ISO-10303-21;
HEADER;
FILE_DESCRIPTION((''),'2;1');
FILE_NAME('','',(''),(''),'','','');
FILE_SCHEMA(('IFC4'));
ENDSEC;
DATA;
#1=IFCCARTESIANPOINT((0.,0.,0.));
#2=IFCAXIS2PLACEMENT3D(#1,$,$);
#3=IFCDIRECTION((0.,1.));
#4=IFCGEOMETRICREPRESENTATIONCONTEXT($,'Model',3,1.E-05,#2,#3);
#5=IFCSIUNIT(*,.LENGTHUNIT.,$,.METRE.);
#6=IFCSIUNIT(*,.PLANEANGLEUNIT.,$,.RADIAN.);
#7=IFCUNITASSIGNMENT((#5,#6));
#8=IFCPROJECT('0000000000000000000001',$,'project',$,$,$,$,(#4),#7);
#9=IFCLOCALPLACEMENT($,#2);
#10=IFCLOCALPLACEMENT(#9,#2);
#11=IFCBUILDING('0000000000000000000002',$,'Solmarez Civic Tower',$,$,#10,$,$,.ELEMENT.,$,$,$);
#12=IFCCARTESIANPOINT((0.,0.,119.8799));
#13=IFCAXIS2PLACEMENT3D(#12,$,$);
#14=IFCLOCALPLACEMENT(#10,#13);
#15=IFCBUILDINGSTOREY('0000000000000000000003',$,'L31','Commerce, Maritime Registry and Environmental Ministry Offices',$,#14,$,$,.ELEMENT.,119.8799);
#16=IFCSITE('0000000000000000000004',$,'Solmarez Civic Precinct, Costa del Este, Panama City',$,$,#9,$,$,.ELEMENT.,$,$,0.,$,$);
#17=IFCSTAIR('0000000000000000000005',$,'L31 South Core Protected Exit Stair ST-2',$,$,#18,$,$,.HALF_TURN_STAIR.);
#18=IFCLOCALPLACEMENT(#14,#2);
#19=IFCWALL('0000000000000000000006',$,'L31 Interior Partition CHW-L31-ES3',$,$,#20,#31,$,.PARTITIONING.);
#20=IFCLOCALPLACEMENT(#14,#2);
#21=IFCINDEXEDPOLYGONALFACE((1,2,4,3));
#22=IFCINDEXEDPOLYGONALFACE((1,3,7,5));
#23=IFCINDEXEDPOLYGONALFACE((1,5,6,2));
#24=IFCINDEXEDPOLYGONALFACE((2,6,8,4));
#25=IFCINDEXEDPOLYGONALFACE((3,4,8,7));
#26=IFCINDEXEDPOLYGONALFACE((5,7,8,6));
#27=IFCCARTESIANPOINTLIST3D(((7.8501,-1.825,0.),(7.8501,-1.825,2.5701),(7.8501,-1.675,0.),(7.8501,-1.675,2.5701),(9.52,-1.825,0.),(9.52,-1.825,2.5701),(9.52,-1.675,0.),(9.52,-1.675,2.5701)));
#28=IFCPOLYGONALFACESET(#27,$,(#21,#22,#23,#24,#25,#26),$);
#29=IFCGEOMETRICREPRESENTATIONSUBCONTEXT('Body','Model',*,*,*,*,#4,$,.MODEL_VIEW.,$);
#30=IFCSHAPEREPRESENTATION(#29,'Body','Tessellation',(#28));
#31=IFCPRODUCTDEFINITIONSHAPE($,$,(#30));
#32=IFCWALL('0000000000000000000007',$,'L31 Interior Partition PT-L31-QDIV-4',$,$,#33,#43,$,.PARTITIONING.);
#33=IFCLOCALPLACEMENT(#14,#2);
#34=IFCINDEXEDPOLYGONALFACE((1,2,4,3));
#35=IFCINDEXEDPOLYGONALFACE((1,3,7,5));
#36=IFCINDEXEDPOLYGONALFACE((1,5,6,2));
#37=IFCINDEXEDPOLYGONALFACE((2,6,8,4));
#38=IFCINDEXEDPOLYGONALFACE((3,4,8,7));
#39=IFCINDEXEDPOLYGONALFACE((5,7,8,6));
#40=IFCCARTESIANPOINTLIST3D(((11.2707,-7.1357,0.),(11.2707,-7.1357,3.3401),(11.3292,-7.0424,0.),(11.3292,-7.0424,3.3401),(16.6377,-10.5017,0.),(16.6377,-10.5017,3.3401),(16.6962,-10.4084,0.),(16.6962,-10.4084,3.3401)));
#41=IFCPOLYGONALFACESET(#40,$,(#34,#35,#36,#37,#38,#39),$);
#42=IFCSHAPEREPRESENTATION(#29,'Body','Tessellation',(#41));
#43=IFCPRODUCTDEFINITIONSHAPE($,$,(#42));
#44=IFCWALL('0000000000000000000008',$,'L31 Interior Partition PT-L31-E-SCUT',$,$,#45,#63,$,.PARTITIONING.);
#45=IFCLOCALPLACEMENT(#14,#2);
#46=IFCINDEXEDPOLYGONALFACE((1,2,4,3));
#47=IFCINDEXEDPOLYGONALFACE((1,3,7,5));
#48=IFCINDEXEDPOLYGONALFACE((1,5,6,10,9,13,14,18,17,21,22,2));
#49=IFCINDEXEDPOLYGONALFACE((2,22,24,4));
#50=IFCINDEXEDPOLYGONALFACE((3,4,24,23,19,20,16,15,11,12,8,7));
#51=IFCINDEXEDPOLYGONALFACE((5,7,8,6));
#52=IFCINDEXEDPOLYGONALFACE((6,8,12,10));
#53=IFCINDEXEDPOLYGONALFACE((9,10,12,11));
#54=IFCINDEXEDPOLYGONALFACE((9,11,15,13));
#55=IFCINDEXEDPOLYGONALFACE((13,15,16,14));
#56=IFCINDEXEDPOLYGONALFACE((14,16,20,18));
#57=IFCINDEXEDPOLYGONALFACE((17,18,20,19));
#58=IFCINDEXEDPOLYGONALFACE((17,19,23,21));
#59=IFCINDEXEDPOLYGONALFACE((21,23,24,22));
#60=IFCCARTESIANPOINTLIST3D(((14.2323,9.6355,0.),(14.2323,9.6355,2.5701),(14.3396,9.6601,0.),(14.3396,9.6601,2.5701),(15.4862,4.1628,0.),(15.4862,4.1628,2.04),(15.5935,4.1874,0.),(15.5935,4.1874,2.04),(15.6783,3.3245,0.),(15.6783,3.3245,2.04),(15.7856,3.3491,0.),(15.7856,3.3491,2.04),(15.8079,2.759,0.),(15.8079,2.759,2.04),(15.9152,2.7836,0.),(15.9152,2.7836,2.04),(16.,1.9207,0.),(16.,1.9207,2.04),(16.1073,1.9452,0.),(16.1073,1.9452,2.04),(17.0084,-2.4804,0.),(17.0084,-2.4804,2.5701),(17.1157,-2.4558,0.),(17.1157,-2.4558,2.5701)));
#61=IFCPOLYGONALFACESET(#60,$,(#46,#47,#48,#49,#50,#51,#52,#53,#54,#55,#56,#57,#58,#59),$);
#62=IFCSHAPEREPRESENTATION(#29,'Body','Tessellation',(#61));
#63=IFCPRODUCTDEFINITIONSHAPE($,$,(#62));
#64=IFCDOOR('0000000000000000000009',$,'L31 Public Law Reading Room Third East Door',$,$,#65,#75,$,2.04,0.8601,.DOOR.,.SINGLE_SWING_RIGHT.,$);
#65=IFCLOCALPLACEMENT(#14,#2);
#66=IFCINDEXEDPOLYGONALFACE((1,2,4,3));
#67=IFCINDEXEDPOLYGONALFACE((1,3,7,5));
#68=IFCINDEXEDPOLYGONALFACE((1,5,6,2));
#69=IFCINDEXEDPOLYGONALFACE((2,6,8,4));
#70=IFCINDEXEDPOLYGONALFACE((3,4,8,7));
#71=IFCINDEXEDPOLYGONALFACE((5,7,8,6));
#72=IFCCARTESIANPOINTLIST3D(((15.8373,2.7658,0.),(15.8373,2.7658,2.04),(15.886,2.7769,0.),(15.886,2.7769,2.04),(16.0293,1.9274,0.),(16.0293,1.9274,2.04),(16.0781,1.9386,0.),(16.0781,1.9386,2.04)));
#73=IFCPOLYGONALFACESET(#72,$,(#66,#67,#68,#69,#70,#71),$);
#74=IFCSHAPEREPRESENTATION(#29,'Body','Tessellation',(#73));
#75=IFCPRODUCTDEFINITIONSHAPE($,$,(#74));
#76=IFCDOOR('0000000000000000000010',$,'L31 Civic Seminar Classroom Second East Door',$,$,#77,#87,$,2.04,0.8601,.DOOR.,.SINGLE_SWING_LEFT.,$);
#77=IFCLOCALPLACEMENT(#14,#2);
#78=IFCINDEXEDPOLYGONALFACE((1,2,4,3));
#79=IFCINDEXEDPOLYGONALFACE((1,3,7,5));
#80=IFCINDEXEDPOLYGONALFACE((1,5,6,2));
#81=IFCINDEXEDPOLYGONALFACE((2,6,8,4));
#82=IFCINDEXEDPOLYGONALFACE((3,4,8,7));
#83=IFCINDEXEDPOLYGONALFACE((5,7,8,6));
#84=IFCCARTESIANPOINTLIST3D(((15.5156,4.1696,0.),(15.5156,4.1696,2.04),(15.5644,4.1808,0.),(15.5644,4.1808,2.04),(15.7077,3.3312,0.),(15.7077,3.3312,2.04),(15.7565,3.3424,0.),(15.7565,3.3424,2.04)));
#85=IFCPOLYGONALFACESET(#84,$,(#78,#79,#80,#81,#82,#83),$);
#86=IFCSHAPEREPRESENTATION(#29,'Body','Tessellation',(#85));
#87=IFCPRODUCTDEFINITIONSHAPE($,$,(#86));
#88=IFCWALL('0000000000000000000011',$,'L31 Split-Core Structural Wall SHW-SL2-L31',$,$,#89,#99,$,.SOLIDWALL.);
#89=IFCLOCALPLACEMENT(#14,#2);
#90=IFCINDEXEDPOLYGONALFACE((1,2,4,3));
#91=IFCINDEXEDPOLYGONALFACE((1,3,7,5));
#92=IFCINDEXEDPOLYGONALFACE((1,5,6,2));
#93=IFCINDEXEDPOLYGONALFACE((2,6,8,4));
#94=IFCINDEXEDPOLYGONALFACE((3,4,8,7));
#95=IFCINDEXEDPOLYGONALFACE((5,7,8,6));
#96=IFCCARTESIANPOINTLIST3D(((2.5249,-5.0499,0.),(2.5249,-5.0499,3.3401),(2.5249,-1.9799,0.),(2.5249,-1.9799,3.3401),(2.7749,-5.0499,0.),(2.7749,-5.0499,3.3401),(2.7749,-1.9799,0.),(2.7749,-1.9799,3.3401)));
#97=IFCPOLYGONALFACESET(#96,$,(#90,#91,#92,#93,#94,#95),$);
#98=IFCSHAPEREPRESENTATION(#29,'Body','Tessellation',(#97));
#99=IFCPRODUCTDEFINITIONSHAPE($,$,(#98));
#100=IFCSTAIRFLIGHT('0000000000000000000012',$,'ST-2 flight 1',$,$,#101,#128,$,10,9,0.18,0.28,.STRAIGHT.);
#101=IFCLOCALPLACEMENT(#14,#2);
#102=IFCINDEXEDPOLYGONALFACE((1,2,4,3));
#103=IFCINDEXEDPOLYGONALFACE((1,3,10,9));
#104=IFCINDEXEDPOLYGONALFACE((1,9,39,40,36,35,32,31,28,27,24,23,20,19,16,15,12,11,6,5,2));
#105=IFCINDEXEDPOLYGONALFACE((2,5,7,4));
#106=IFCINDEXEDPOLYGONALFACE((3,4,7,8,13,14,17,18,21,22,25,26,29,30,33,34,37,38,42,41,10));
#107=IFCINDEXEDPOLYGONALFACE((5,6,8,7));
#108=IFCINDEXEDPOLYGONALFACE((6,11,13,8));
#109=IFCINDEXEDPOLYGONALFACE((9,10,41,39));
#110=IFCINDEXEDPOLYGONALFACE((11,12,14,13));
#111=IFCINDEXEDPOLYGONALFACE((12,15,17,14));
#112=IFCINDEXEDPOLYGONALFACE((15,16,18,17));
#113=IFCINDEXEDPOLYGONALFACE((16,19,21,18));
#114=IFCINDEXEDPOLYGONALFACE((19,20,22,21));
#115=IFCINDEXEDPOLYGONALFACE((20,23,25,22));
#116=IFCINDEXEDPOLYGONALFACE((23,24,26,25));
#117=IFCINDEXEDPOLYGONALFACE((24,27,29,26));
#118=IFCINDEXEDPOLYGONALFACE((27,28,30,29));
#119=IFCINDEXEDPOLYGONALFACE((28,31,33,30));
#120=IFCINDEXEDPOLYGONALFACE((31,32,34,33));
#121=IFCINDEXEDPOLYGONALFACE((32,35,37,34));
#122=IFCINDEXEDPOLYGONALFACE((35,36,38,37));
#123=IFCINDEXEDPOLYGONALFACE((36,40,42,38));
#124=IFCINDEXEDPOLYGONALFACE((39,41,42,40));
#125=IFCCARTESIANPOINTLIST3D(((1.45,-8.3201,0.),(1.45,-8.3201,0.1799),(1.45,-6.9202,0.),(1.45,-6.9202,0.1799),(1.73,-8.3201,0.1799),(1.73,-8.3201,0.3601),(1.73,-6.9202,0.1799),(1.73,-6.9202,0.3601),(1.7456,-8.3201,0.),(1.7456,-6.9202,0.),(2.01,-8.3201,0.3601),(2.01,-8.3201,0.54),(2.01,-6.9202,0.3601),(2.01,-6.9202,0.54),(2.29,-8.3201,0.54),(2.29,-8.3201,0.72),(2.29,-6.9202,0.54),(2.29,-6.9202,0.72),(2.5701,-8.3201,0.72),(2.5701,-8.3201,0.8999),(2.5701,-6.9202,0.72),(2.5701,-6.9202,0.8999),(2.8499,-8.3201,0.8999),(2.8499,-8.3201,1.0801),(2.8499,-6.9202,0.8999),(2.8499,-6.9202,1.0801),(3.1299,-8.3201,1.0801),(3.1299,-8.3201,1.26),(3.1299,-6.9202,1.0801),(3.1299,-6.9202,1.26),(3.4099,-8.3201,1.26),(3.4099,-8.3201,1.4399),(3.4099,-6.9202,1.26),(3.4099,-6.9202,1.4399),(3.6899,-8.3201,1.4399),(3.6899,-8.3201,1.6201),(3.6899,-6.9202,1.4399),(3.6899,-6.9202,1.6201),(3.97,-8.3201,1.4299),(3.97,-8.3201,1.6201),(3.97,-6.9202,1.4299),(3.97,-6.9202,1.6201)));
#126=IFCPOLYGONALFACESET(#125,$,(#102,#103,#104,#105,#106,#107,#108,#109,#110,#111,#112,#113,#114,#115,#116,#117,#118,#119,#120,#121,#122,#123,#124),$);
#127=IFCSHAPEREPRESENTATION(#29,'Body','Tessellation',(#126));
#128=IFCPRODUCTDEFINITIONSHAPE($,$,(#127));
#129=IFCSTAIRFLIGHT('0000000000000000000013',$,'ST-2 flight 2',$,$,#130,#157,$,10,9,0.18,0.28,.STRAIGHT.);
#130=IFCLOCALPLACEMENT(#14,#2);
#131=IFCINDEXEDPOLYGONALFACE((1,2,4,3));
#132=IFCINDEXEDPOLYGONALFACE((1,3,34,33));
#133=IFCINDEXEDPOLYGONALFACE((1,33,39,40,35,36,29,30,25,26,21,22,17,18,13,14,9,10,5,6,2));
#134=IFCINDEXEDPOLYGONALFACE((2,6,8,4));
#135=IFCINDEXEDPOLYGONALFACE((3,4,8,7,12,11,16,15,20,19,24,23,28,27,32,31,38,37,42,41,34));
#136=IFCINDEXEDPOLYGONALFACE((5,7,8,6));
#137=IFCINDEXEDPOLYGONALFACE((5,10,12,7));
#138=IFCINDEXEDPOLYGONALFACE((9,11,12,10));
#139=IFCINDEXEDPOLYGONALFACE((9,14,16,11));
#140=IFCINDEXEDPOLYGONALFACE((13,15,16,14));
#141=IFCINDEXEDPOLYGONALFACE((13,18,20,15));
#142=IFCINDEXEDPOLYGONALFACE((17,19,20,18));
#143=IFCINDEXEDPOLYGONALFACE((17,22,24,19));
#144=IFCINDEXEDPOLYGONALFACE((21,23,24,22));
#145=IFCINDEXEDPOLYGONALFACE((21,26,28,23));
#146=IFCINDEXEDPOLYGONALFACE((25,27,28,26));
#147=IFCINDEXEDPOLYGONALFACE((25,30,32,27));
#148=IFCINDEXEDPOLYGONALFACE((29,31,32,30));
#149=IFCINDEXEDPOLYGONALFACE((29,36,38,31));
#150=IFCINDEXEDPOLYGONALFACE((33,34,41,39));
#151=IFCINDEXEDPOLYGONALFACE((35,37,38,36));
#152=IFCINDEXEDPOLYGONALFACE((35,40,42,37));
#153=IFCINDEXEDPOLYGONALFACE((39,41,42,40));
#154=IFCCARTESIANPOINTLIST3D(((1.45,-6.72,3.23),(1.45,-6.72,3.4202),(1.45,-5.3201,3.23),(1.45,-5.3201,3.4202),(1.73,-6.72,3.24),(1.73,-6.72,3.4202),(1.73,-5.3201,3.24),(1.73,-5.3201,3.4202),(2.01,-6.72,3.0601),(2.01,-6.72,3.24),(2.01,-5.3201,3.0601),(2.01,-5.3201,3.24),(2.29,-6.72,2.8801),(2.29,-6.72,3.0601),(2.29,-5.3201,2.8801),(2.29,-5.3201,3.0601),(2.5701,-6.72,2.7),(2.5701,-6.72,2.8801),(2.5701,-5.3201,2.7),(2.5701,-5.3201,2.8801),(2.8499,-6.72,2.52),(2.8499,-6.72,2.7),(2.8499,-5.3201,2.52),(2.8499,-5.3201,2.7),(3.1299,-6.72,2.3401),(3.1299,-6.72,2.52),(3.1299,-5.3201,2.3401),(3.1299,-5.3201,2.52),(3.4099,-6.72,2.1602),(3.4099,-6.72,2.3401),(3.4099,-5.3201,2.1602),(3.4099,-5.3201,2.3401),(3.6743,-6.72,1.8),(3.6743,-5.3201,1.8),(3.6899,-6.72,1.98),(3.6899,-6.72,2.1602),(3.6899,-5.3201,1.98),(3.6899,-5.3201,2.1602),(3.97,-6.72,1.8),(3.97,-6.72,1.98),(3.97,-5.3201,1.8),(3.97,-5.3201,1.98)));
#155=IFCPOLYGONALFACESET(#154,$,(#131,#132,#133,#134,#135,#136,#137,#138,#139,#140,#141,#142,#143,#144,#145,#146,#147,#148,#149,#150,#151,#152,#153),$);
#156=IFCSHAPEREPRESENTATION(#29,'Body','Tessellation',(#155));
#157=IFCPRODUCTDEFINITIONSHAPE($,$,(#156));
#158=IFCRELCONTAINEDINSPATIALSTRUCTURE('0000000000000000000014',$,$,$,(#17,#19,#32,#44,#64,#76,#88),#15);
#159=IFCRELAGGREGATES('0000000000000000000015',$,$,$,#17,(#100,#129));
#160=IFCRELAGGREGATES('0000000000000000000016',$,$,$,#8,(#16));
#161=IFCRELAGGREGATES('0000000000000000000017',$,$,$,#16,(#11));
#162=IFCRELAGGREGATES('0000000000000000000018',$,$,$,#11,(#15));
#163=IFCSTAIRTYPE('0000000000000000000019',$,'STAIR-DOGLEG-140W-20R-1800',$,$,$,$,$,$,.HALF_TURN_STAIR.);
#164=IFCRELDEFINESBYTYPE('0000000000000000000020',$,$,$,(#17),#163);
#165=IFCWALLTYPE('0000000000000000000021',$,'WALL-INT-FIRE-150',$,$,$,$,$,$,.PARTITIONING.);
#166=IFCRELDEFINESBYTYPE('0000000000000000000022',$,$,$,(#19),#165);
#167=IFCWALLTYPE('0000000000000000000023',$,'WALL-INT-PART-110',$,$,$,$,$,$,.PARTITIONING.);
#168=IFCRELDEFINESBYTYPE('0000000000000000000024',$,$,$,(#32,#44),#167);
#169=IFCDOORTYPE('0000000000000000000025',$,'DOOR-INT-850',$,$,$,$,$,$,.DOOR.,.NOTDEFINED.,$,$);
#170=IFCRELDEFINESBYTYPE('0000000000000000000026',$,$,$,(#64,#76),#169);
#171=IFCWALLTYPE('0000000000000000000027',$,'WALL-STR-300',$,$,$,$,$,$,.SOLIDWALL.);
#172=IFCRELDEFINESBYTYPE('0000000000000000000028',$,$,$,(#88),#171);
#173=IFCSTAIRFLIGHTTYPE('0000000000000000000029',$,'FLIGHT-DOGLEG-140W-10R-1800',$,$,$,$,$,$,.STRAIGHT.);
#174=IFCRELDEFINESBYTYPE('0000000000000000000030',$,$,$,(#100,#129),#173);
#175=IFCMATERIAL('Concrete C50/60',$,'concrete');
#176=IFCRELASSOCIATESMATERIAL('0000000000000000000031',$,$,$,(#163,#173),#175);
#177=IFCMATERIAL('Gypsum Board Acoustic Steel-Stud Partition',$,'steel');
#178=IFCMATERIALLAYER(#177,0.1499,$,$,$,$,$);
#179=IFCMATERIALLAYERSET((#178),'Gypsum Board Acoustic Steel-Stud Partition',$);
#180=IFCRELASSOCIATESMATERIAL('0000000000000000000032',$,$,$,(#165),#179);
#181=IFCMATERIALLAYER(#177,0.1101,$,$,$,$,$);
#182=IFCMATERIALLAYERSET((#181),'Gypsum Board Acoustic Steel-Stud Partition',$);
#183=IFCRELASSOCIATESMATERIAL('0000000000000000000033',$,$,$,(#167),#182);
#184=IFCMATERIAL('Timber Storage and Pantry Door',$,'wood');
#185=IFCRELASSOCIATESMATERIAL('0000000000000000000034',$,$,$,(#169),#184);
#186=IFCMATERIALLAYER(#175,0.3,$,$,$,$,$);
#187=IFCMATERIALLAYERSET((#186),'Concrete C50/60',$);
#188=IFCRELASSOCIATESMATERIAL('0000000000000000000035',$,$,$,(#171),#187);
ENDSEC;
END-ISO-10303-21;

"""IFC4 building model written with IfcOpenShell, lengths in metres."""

from ifc_helpers import new_model, si_unit, direction, frame, frame_2d, origin, place, context, subcontext, project, spatial, polyline, rectangle, outline, extrude, material, layer, layer_set, type_object, element, fill, aggregate, save


model = new_model("IFC4")

# Units and contexts
model_context = context("Model", 3, precision=1e-05, world=origin(), true_north=direction((0.0, 1.0)))
body_context = subcontext(model_context, "Body", "Model", "MODEL_VIEW")
ifc_project = project(units=[si_unit("LENGTHUNIT", "METRE"), si_unit("PLANEANGLEUNIT", "RADIAN")], contexts=[model_context])

# Site, building, storey
site_placement = place(None, origin())
site = spatial("IfcSite", under=ifc_project, at=site_placement, Name="Solmarez Civic Precinct, Costa del Este, Panama City", CompositionType="ELEMENT", RefElevation=0.0)
building_placement = place(site_placement, origin())
building = spatial("IfcBuilding", under=site, at=building_placement, Name="Solmarez Civic Tower", CompositionType="ELEMENT")
storey_placement = place(building_placement, frame((0.0, 0.0, 119.8799)))
storey = spatial("IfcBuildingStorey", under=building, at=storey_placement, Name="L31", Description="Commerce, Maritime Registry and Environmental Ministry Offices", CompositionType="ELEMENT", Elevation=119.8799)

# Shared definitions
ifc_material_1 = material(Name="Concrete C50/60", Category="concrete")

# Stair
stair_type = type_object("IfcStairType", Name="STAIR-DOGLEG-140W-20R-1800", PredefinedType="HALF_TURN_STAIR", material=ifc_material_1)
stair_1_placement = place(storey_placement, origin())
stair_1 = element("IfcStair", 1, at=stair_1_placement, inside=storey, type_object=stair_type, Name="L31 South Core Protected Exit Stair ST-2", PredefinedType="HALF_TURN_STAIR")

# Walls
ifc_material_2 = material(Name="Gypsum Board Acoustic Steel-Stud Partition", Category="steel")
ifc_layer_1 = layer(ifc_material_2, 0.1499)
ifc_layer_set_1 = layer_set([ifc_layer_1], Name="Gypsum Board Acoustic Steel-Stud Partition")
wall_type_1 = type_object("IfcWallType", Name="WALL-INT-FIRE-150", PredefinedType="PARTITIONING", material=ifc_layer_set_1)
wall_1_placement = place(storey_placement, frame((7.8501, -1.75, 0.0), z_axis=(0.0, 0.0, 1.0), x_axis=(1.0, 0.0, 0.0)))
element("IfcWall", 2, at=wall_1_placement, inside=storey, type_object=wall_type_1, Name="L31 Interior Partition CHW-L31-ES3", PredefinedType="PARTITIONING", context=body_context, shape_type="SweptSolid", body=[
    extrude(rectangle(XDim=1.6699, YDim=0.1499, at=frame_2d((0.835, 0.0))), origin(), (0.0, 0.0, 1.0), 2.5701),
])
ifc_layer_2 = layer(ifc_material_2, 0.1101)
ifc_layer_set_2 = layer_set([ifc_layer_2], Name="Gypsum Board Acoustic Steel-Stud Partition")
wall_type_2 = type_object("IfcWallType", Name="WALL-INT-PART-110", PredefinedType="PARTITIONING", material=ifc_layer_set_2)
wall_2_placement = place(storey_placement, frame((11.3, -7.0891, 0.0), z_axis=(0.0, 0.0, 1.0), x_axis=(0.847172, -0.531318, 0.0)))
element("IfcWall", 3, at=wall_2_placement, inside=storey, type_object=wall_type_2, Name="L31 Interior Partition PT-L31-QDIV-4", PredefinedType="PARTITIONING", context=body_context, shape_type="SweptSolid", body=[
    extrude(rectangle(XDim=6.3352, YDim=0.1101, at=frame_2d((3.1675, 0.0))), origin(), (0.0, 0.0, 1.0), 3.3401),
])

# Wall, openings, doors
wall_3_placement = place(storey_placement, frame((17.062, -2.468, 0.0), z_axis=(0.0, 0.0, 1.0), x_axis=(-0.223342, 0.97474, 0.0)))
wall_3 = element("IfcWall", 4, at=wall_3_placement, inside=storey, type_object=wall_type_2, Name="L31 Interior Partition PT-L31-E-SCUT", PredefinedType="PARTITIONING", context=body_context, shape_type="SweptSolid", body=[
    extrude(rectangle(XDim=12.4299, YDim=0.1101, at=frame_2d((6.2148, 0.0))), origin(), (0.0, 0.0, 1.0), 2.5701),
])
opening_1_placement = place(wall_3_placement, frame((4.5149, 0.0, 0.0)))
opening_1 = element("IfcOpeningElement", 5, at=opening_1_placement, cuts=wall_3, PredefinedType="OPENING", context=body_context, shape_type="SweptSolid", body=[
    extrude(rectangle(XDim=0.8601, YDim=2.04, at=frame_2d((0.4302, 1.02))), frame((0.0, 0.0649, 0.0), z_axis=(0.0, -1.0, 0.0), x_axis=(1.0, 0.0, 0.0)), (0.0, 0.0, 1.0), 0.1301),
])
opening_2_placement = place(wall_3_placement, frame((5.9551, 0.0, 0.0)))
opening_2 = element("IfcOpeningElement", 6, at=opening_2_placement, cuts=wall_3, PredefinedType="OPENING", context=body_context, shape_type="SweptSolid", body=[
    extrude(rectangle(XDim=0.8601, YDim=2.04, at=frame_2d((0.4302, 1.02))), frame((0.0, 0.0649, 0.0), z_axis=(0.0, -1.0, 0.0), x_axis=(1.0, 0.0, 0.0)), (0.0, 0.0, 1.0), 0.1301),
])
ifc_material_3 = material(Name="Timber Storage and Pantry Door", Category="wood")
door_type = type_object("IfcDoorType", Name="DOOR-INT-850", OperationType="NOTDEFINED", PredefinedType="DOOR", material=ifc_material_3)
door_1_placement = place(opening_1_placement, origin())
door_1 = element("IfcDoor", 7, at=door_1_placement, inside=storey, type_object=door_type, Name="L31 Public Law Reading Room Third East Door", OperationType="SINGLE_SWING_RIGHT", OverallHeight=2.04, OverallWidth=0.8601, PredefinedType="DOOR", context=body_context, shape_type="SweptSolid", body=[
    extrude(rectangle(XDim=0.8601, YDim=2.04, at=frame_2d((0.4302, 1.02))), frame((0.0, 0.0249, 0.0), z_axis=(0.0, -1.0, 0.0), x_axis=(1.0, 0.0, 0.0)), (0.0, 0.0, 1.0), 0.05),
])
fill(opening_1, door_1)
door_2_placement = place(opening_2_placement, origin())
door_2 = element("IfcDoor", 8, at=door_2_placement, inside=storey, type_object=door_type, Name="L31 Civic Seminar Classroom Second East Door", OperationType="SINGLE_SWING_LEFT", OverallHeight=2.04, OverallWidth=0.8601, PredefinedType="DOOR", context=body_context, shape_type="SweptSolid", body=[
    extrude(rectangle(XDim=0.8601, YDim=2.04, at=frame_2d((0.4302, 1.02))), frame((0.0, 0.0249, 0.0), z_axis=(0.0, -1.0, 0.0), x_axis=(1.0, 0.0, 0.0)), (0.0, 0.0, 1.0), 0.05),
])
fill(opening_2, door_2)

# Wall
ifc_layer_3 = layer(ifc_material_1, 0.3)
ifc_layer_set_3 = layer_set([ifc_layer_3], Name="Concrete C50/60")
wall_type_3 = type_object("IfcWallType", Name="WALL-STR-300", PredefinedType="SOLIDWALL", material=ifc_layer_set_3)
wall_4_placement = place(storey_placement, frame((2.6499, -5.05, 0.0), z_axis=(0.0, 0.0, 1.0), x_axis=(0.0, 1.0, 0.0)))
element("IfcWall", 9, at=wall_4_placement, inside=storey, type_object=wall_type_3, Name="L31 Split-Core Structural Wall SHW-SL2-L31", PredefinedType="SOLIDWALL", context=body_context, shape_type="SweptSolid", body=[
    extrude(rectangle(XDim=3.0701, YDim=0.25, at=frame_2d((1.5352, 0.0))), origin(), (0.0, 0.0, 1.0), 3.3401),
])

# Stair flights
stair_flight_type = type_object("IfcStairFlightType", Name="FLIGHT-DOGLEG-140W-10R-1800", PredefinedType="STRAIGHT", material=ifc_material_1)
stair_flight_1_placement = place(storey_placement, frame((1.45, -7.6201, 0.0), z_axis=(0.0, 0.0, 1.0), x_axis=(1.0, 0.0, 0.0)))
stair_flight_1 = element("IfcStairFlight", 10, at=stair_flight_1_placement, type_object=stair_flight_type, Name="ST-2 flight 1", NumberOfRisers=10, NumberOfTreads=9, PredefinedType="STRAIGHT", RiserHeight=0.18, TreadLength=0.28, context=body_context, shape_type="SweptSolid", body=[
    extrude(outline(polyline([(0.0, 0.0), (0.0, 0.1799), (0.28, 0.1799), (0.28, 0.3601), (0.5601, 0.3601), (0.5601, 0.54), (0.8401, 0.54), (0.8401, 0.72), (1.1201, 0.72), (1.1201, 0.8999), (1.3999, 0.8999), (1.3999, 1.0801), (1.6799, 1.0801), (1.6799, 1.26), (1.96, 1.26), (1.96, 1.4399), (2.24, 1.4399), (2.24, 1.6201), (2.52, 1.6201), (2.52, 1.8), (2.52, 1.4299), (0.2957, 0.0), (0.0, 0.0)])), frame((0.0, 0.7, 0.0), z_axis=(0.0, -1.0, 0.0), x_axis=(1.0, 0.0, 0.0)), (0.0, 0.0, 1.0), 1.3999),
])
stair_flight_2_placement = place(storey_placement, frame((3.97, -6.02, 1.8), z_axis=(0.0, 0.0, 1.0), x_axis=(-1.0, 0.0, 0.0)))
stair_flight_2 = element("IfcStairFlight", 11, at=stair_flight_2_placement, type_object=stair_flight_type, Name="ST-2 flight 2", NumberOfRisers=10, NumberOfTreads=9, PredefinedType="STRAIGHT", RiserHeight=0.18, TreadLength=0.28, context=body_context, shape_type="SweptSolid", body=[
    extrude(outline(polyline([(0.0, 0.0), (0.0, 0.1799), (0.28, 0.1799), (0.28, 0.3601), (0.5601, 0.3601), (0.5601, 0.54), (0.8401, 0.54), (0.8401, 0.72), (1.1201, 0.72), (1.1201, 0.8999), (1.3999, 0.8999), (1.3999, 1.0801), (1.6799, 1.0801), (1.6799, 1.26), (1.96, 1.26), (1.96, 1.4399), (2.24, 1.4399), (2.24, 1.6201), (2.52, 1.6201), (2.52, 1.8), (2.52, 1.4299), (0.2957, 0.0), (0.0, 0.0)])), frame((0.0, 0.7, 0.0), z_axis=(0.0, -1.0, 0.0), x_axis=(1.0, 0.0, 0.0)), (0.0, 0.0, 1.0), 1.3999),
])
aggregate(stair_1, [stair_flight_1, stair_flight_2])

save(model, "model.ifc")
